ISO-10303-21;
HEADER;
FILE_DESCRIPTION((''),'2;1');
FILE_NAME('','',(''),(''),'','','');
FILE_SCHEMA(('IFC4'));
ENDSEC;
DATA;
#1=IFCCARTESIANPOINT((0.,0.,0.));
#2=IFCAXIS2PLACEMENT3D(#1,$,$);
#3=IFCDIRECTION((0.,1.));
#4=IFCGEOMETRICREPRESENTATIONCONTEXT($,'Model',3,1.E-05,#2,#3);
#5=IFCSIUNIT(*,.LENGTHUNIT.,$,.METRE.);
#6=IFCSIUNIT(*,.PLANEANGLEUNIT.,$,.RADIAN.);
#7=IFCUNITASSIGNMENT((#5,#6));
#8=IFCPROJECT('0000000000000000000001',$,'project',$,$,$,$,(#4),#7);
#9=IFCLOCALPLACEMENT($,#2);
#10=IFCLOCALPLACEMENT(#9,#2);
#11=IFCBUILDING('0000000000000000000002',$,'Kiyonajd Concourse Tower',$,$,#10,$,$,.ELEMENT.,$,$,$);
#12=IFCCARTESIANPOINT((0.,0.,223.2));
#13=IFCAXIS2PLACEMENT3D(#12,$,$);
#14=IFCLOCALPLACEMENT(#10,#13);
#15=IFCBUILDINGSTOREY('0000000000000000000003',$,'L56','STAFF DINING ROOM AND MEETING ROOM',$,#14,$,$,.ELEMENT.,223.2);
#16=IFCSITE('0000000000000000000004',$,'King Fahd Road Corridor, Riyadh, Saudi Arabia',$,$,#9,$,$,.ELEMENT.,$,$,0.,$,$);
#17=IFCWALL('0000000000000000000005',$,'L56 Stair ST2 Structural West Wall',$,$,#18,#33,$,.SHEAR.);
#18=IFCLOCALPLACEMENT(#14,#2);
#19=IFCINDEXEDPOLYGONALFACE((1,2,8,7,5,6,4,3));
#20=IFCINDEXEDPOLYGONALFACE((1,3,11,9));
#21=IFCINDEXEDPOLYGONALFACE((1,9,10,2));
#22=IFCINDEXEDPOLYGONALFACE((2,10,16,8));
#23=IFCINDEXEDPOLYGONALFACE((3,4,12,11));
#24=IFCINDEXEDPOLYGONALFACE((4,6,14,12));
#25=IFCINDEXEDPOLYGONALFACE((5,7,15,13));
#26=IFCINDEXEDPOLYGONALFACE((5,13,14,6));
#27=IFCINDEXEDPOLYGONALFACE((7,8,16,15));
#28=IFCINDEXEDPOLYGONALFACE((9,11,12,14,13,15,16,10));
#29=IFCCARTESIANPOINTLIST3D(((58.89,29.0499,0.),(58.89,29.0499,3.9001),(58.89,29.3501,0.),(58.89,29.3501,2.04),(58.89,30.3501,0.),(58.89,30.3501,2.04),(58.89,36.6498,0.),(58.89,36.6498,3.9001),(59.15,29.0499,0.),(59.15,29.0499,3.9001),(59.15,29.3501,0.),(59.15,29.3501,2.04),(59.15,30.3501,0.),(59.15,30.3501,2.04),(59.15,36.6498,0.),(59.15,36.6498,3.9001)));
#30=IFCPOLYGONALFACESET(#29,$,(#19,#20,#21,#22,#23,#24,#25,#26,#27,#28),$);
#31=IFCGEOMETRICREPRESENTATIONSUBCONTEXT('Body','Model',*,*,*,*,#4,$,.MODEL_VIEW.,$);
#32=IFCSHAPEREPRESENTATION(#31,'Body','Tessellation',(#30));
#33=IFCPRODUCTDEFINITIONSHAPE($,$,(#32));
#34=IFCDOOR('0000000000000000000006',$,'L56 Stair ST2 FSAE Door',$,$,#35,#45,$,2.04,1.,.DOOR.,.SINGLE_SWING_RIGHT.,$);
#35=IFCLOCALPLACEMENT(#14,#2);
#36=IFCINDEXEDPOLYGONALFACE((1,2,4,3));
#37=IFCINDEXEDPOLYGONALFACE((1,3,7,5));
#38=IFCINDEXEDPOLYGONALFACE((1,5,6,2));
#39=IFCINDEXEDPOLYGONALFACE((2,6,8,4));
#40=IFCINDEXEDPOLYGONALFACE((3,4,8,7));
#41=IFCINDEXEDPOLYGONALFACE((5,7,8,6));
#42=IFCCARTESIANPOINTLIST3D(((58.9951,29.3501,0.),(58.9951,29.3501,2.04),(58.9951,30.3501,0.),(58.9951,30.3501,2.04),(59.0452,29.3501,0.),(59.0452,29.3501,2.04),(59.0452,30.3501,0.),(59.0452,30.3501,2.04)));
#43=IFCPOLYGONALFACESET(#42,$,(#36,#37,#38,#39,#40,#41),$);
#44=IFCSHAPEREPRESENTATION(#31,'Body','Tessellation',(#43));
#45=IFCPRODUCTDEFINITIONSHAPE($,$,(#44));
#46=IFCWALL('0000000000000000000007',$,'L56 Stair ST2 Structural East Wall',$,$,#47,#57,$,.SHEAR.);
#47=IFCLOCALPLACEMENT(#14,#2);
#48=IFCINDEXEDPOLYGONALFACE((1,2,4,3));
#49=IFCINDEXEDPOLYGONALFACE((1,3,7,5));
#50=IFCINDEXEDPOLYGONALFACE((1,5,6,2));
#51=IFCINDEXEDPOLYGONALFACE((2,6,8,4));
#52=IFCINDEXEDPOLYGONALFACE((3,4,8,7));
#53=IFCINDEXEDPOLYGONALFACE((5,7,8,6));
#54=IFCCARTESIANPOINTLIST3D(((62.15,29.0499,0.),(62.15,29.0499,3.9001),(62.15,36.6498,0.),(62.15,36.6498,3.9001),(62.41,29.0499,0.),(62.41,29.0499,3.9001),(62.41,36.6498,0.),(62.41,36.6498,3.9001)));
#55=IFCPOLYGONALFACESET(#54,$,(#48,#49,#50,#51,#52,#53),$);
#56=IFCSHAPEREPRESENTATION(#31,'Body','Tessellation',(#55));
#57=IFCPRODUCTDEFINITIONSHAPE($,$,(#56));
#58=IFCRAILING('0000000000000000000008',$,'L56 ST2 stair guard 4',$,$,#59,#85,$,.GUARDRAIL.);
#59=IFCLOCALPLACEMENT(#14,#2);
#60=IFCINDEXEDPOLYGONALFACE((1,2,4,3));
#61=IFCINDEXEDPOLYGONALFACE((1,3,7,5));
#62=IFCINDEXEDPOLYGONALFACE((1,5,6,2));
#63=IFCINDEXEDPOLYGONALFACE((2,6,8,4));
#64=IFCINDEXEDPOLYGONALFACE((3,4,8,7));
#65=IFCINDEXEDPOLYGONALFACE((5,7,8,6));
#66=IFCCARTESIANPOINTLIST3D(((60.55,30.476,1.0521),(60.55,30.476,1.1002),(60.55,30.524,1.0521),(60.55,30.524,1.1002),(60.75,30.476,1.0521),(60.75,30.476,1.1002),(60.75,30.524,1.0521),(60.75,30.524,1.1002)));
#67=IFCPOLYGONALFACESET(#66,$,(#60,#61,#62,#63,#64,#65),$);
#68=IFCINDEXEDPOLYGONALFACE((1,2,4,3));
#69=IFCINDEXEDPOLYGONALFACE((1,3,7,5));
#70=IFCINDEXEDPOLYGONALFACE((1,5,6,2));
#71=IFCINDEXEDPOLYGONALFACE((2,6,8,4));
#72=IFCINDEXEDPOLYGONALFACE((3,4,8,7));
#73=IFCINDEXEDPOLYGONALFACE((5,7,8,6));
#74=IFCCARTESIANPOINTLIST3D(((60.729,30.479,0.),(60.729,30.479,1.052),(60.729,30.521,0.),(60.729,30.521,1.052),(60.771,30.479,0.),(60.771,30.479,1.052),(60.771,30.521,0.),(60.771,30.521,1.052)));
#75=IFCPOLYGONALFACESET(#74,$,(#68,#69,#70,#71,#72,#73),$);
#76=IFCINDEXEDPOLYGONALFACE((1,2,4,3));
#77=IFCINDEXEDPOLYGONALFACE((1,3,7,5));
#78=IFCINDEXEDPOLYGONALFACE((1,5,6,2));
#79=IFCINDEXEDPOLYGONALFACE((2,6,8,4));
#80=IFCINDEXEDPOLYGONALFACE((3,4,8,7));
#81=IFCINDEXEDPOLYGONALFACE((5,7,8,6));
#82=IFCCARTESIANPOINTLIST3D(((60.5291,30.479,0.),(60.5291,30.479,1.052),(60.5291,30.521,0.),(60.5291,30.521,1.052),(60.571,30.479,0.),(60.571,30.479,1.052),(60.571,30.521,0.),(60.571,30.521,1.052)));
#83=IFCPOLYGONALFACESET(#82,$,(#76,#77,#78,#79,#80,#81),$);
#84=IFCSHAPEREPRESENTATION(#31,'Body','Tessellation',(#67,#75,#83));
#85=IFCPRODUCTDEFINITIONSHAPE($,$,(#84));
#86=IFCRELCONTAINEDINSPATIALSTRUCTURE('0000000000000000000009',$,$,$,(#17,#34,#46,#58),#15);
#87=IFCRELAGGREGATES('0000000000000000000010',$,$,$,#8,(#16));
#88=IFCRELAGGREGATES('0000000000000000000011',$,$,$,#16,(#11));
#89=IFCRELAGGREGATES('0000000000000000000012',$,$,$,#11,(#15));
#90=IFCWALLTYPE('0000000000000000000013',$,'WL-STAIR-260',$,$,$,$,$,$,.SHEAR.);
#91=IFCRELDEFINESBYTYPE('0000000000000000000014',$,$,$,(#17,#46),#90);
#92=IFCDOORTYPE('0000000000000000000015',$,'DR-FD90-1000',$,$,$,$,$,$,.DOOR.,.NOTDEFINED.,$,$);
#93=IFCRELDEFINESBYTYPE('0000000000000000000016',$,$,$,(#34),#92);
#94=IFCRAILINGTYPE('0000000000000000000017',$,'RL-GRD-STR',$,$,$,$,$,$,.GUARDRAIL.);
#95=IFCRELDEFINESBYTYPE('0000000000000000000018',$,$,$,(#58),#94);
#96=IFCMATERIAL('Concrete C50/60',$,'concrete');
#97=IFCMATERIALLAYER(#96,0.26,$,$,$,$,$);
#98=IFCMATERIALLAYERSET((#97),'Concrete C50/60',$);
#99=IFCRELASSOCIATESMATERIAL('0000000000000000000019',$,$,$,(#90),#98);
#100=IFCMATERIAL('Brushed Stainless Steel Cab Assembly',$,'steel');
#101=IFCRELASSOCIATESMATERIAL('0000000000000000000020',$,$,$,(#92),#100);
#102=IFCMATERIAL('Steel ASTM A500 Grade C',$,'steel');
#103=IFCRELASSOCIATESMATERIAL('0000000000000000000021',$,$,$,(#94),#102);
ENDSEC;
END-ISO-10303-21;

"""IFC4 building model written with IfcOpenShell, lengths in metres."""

from ifc_helpers import new_model, si_unit, direction, frame, frame_2d, origin, origin_2d, place, context, subcontext, project, spatial, rectangle, extrude, material, layer, layer_set, type_object, element, fill, save


model = new_model("IFC4")

# Units and contexts
model_context = context("Model", 3, precision=1e-05, world=origin(), true_north=direction((0.0, 1.0)))
body_context = subcontext(model_context, "Body", "Model", "MODEL_VIEW")
ifc_project = project(units=[si_unit("LENGTHUNIT", "METRE"), si_unit("PLANEANGLEUNIT", "RADIAN")], contexts=[model_context])

# Site, building, storey
site_placement = place(None, origin())
site = spatial("IfcSite", under=ifc_project, at=site_placement, Name="King Fahd Road Corridor, Riyadh, Saudi Arabia", CompositionType="ELEMENT", RefElevation=0.0)
building_placement = place(site_placement, origin())
building = spatial("IfcBuilding", under=site, at=building_placement, Name="Kiyonajd Concourse Tower", CompositionType="ELEMENT")
storey_placement = place(building_placement, frame((0.0, 0.0, 223.2)))
storey = spatial("IfcBuildingStorey", under=building, at=storey_placement, Name="L56", Description="STAFF DINING ROOM AND MEETING ROOM", CompositionType="ELEMENT", Elevation=223.2)

# Shared definitions
ifc_material_1 = material(Name="Concrete C50/60", Category="concrete")

# Shared definitions
ifc_layer_1 = layer(ifc_material_1, 0.26)
ifc_layer_set_1 = layer_set([ifc_layer_1], Name="Concrete C50/60")
wall_type_1 = type_object("IfcWallType", Name="WL-STAIR-260", PredefinedType="SHEAR", material=ifc_layer_set_1)

# Wall, opening, door
wall_1_placement = place(storey_placement, frame((59.02, 29.05, 0.0), z_axis=(0.0, 0.0, 1.0), x_axis=(0.0, 1.0, 0.0)))
wall_1 = element("IfcWall", 1, at=wall_1_placement, inside=storey, type_object=wall_type_1, Name="L56 Stair ST2 Structural West Wall", PredefinedType="SHEAR", context=body_context, shape_type="SweptSolid", body=[
    extrude(rectangle(XDim=7.5999, YDim=0.26, at=frame_2d((3.7998, 0.0))), origin(), (0.0, 0.0, 1.0), 3.9001),
])
opening_1_placement = place(wall_1_placement, frame((0.3, 0.0, 0.0)))
opening_1 = element("IfcOpeningElement", 2, at=opening_1_placement, cuts=wall_1, PredefinedType="OPENING", context=body_context, shape_type="SweptSolid", body=[
    extrude(rectangle(XDim=1.0, YDim=2.04, at=frame_2d((0.5, 1.02))), frame((0.0, 0.1399, 0.0), z_axis=(0.0, -1.0, 0.0), x_axis=(1.0, 0.0, 0.0)), (0.0, 0.0, 1.0), 0.28),
])
ifc_material_2 = material(Name="Brushed Stainless Steel Cab Assembly", Category="steel")
door_type = type_object("IfcDoorType", Name="DR-FD90-1000", OperationType="NOTDEFINED", PredefinedType="DOOR", material=ifc_material_2)
door_placement = place(opening_1_placement, origin())
door = element("IfcDoor", 3, at=door_placement, inside=storey, type_object=door_type, Name="L56 Stair ST2 FSAE Door", OperationType="SINGLE_SWING_RIGHT", OverallHeight=2.04, OverallWidth=1.0, PredefinedType="DOOR", context=body_context, shape_type="SweptSolid", body=[
    extrude(rectangle(XDim=1.0, YDim=2.04, at=frame_2d((0.5, 1.02))), frame((0.0, 0.0249, 0.0), z_axis=(0.0, -1.0, 0.0), x_axis=(1.0, 0.0, 0.0)), (0.0, 0.0, 1.0), 0.05),
])
fill(opening_1, door)

# Wall
wall_2_placement = place(storey_placement, frame((62.28, 29.05, 0.0), z_axis=(0.0, 0.0, 1.0), x_axis=(0.0, 1.0, 0.0)))
element("IfcWall", 4, at=wall_2_placement, inside=storey, type_object=wall_type_1, Name="L56 Stair ST2 Structural East Wall", PredefinedType="SHEAR", context=body_context, shape_type="SweptSolid", body=[
    extrude(rectangle(XDim=7.5999, YDim=0.26, at=frame_2d((3.7998, 0.0))), origin(), (0.0, 0.0, 1.0), 3.9001),
])

# Railing
ifc_material_3 = material(Name="Steel ASTM A500 Grade C", Category="steel")
railing_type = type_object("IfcRailingType", Name="RL-GRD-STR", PredefinedType="GUARDRAIL", material=ifc_material_3)
railing_placement = place(storey_placement, frame((60.75, 30.5, 0.0)))
element("IfcRailing", 5, at=railing_placement, inside=storey, type_object=railing_type, Name="L56 ST2 stair guard 4", PredefinedType="GUARDRAIL", context=body_context, shape_type="SweptSolid", body=[
    extrude(rectangle(XDim=0.0481, YDim=0.0481, at=origin_2d()), frame((0.0, 0.0, 1.0762), z_axis=(-1.0, 0.0, 0.0), x_axis=(0.0, -1.0, 0.0)), (0.0, 0.0, 1.0), 0.2),
    extrude(rectangle(XDim=0.042, YDim=0.042, at=origin_2d()), origin(), (0.0, 0.0, 1.0), 1.052),
    extrude(rectangle(XDim=0.042, YDim=0.042, at=origin_2d()), frame((-0.2, 0.0, 0.0)), (0.0, 0.0, 1.0), 1.052),
])

save(model, "model.ifc")
